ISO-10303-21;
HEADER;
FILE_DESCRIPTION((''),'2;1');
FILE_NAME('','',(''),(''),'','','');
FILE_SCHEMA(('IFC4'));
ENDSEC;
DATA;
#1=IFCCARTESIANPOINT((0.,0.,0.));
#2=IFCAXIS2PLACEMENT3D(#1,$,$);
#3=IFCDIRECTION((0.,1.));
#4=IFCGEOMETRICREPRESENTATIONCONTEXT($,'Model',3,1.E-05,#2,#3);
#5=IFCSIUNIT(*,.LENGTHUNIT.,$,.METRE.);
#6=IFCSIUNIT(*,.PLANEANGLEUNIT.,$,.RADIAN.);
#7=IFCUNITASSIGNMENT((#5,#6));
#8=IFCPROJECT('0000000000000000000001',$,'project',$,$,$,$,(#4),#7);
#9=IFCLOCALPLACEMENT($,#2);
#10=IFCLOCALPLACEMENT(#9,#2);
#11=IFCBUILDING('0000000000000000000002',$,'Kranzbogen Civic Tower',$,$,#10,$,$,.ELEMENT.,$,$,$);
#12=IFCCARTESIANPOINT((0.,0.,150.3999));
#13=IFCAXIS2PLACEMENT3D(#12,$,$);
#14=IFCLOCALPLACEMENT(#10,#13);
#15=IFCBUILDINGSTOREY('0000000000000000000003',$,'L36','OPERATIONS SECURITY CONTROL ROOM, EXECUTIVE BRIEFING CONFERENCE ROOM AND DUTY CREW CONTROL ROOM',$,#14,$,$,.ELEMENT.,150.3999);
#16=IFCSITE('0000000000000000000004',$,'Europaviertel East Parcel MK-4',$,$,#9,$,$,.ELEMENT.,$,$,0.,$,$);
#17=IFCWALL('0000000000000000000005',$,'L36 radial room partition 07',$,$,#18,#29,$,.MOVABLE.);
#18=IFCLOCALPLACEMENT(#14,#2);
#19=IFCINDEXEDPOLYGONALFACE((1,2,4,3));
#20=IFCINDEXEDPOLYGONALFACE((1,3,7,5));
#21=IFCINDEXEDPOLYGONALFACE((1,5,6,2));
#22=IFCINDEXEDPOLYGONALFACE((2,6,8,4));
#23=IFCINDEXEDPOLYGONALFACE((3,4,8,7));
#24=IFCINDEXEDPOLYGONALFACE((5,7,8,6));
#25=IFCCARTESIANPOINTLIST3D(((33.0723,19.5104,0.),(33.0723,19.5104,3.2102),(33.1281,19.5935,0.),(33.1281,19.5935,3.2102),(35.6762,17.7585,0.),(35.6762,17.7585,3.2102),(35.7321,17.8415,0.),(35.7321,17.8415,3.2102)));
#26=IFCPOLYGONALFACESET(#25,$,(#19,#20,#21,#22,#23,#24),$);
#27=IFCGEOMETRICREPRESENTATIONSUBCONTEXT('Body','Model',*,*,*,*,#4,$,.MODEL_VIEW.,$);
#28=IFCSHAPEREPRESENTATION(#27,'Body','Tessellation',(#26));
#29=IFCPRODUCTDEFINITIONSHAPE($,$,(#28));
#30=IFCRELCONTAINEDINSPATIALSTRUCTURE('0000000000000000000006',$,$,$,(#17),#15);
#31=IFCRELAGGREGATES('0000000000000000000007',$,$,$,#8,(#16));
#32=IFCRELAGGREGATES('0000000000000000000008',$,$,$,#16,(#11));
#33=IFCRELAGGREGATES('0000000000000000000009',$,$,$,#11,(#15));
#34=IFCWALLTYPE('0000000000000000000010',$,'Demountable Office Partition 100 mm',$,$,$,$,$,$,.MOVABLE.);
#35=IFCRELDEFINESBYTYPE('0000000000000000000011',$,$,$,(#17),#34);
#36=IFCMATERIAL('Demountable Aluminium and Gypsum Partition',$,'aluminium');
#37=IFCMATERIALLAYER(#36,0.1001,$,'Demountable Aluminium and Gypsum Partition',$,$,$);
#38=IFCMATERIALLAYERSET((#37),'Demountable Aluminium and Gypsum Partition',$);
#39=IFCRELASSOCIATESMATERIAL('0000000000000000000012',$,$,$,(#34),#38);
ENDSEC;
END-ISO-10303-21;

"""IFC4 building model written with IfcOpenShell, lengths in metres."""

from ifc_helpers import new_model, si_unit, direction, frame, frame_2d, origin, place, context, subcontext, project, spatial, rectangle, extrude, material, layer, layer_set, type_object, element, save


model = new_model("IFC4")

# Units and contexts
model_context = context("Model", 3, precision=1e-05, world=origin(), true_north=direction((0.0, 1.0)))
body_context = subcontext(model_context, "Body", "Model", "MODEL_VIEW")
ifc_project = project(units=[si_unit("LENGTHUNIT", "METRE"), si_unit("PLANEANGLEUNIT", "RADIAN")], contexts=[model_context])

# Site, building, storey
site_placement = place(None, origin())
site = spatial("IfcSite", under=ifc_project, at=site_placement, Name="Europaviertel East Parcel MK-4", CompositionType="ELEMENT", RefElevation=0.0)
building_placement = place(site_placement, origin())
building = spatial("IfcBuilding", under=site, at=building_placement, Name="Kranzbogen Civic Tower", CompositionType="ELEMENT")
storey_placement = place(building_placement, frame((0.0, 0.0, 150.3999)))
storey = spatial("IfcBuildingStorey", under=building, at=storey_placement, Name="L36", Description="OPERATIONS SECURITY CONTROL ROOM, EXECUTIVE BRIEFING CONFERENCE ROOM AND DUTY CREW CONTROL ROOM", CompositionType="ELEMENT", Elevation=150.3999)

# Wall
ifc_material_1 = material(Name="Demountable Aluminium and Gypsum Partition", Category="aluminium")
ifc_layer_1 = layer(ifc_material_1, 0.1001, Name="Demountable Aluminium and Gypsum Partition")
ifc_layer_set_1 = layer_set([ifc_layer_1], Name="Demountable Aluminium and Gypsum Partition")
wall_type_1 = type_object("IfcWallType", Name="Demountable Office Partition 100 mm", PredefinedType="MOVABLE", material=ifc_layer_set_1)
wall_1_placement = place(storey_placement, frame((33.1001, 19.552, 0.0), z_axis=(0.0, 0.0, 1.0), x_axis=(0.829697, -0.558214, 0.0)))
element("IfcWall", 1, at=wall_1_placement, inside=storey, type_object=wall_type_1, Name="L36 radial room partition 07", PredefinedType="MOVABLE", context=body_context, shape_type="SweptSolid", body=[
    extrude(rectangle(XDim=3.1384, YDim=0.1001, at=frame_2d((1.5693, 0.0))), origin(), (0.0, 0.0, 1.0), 3.2102),
])

save(model, "model.ifc")
